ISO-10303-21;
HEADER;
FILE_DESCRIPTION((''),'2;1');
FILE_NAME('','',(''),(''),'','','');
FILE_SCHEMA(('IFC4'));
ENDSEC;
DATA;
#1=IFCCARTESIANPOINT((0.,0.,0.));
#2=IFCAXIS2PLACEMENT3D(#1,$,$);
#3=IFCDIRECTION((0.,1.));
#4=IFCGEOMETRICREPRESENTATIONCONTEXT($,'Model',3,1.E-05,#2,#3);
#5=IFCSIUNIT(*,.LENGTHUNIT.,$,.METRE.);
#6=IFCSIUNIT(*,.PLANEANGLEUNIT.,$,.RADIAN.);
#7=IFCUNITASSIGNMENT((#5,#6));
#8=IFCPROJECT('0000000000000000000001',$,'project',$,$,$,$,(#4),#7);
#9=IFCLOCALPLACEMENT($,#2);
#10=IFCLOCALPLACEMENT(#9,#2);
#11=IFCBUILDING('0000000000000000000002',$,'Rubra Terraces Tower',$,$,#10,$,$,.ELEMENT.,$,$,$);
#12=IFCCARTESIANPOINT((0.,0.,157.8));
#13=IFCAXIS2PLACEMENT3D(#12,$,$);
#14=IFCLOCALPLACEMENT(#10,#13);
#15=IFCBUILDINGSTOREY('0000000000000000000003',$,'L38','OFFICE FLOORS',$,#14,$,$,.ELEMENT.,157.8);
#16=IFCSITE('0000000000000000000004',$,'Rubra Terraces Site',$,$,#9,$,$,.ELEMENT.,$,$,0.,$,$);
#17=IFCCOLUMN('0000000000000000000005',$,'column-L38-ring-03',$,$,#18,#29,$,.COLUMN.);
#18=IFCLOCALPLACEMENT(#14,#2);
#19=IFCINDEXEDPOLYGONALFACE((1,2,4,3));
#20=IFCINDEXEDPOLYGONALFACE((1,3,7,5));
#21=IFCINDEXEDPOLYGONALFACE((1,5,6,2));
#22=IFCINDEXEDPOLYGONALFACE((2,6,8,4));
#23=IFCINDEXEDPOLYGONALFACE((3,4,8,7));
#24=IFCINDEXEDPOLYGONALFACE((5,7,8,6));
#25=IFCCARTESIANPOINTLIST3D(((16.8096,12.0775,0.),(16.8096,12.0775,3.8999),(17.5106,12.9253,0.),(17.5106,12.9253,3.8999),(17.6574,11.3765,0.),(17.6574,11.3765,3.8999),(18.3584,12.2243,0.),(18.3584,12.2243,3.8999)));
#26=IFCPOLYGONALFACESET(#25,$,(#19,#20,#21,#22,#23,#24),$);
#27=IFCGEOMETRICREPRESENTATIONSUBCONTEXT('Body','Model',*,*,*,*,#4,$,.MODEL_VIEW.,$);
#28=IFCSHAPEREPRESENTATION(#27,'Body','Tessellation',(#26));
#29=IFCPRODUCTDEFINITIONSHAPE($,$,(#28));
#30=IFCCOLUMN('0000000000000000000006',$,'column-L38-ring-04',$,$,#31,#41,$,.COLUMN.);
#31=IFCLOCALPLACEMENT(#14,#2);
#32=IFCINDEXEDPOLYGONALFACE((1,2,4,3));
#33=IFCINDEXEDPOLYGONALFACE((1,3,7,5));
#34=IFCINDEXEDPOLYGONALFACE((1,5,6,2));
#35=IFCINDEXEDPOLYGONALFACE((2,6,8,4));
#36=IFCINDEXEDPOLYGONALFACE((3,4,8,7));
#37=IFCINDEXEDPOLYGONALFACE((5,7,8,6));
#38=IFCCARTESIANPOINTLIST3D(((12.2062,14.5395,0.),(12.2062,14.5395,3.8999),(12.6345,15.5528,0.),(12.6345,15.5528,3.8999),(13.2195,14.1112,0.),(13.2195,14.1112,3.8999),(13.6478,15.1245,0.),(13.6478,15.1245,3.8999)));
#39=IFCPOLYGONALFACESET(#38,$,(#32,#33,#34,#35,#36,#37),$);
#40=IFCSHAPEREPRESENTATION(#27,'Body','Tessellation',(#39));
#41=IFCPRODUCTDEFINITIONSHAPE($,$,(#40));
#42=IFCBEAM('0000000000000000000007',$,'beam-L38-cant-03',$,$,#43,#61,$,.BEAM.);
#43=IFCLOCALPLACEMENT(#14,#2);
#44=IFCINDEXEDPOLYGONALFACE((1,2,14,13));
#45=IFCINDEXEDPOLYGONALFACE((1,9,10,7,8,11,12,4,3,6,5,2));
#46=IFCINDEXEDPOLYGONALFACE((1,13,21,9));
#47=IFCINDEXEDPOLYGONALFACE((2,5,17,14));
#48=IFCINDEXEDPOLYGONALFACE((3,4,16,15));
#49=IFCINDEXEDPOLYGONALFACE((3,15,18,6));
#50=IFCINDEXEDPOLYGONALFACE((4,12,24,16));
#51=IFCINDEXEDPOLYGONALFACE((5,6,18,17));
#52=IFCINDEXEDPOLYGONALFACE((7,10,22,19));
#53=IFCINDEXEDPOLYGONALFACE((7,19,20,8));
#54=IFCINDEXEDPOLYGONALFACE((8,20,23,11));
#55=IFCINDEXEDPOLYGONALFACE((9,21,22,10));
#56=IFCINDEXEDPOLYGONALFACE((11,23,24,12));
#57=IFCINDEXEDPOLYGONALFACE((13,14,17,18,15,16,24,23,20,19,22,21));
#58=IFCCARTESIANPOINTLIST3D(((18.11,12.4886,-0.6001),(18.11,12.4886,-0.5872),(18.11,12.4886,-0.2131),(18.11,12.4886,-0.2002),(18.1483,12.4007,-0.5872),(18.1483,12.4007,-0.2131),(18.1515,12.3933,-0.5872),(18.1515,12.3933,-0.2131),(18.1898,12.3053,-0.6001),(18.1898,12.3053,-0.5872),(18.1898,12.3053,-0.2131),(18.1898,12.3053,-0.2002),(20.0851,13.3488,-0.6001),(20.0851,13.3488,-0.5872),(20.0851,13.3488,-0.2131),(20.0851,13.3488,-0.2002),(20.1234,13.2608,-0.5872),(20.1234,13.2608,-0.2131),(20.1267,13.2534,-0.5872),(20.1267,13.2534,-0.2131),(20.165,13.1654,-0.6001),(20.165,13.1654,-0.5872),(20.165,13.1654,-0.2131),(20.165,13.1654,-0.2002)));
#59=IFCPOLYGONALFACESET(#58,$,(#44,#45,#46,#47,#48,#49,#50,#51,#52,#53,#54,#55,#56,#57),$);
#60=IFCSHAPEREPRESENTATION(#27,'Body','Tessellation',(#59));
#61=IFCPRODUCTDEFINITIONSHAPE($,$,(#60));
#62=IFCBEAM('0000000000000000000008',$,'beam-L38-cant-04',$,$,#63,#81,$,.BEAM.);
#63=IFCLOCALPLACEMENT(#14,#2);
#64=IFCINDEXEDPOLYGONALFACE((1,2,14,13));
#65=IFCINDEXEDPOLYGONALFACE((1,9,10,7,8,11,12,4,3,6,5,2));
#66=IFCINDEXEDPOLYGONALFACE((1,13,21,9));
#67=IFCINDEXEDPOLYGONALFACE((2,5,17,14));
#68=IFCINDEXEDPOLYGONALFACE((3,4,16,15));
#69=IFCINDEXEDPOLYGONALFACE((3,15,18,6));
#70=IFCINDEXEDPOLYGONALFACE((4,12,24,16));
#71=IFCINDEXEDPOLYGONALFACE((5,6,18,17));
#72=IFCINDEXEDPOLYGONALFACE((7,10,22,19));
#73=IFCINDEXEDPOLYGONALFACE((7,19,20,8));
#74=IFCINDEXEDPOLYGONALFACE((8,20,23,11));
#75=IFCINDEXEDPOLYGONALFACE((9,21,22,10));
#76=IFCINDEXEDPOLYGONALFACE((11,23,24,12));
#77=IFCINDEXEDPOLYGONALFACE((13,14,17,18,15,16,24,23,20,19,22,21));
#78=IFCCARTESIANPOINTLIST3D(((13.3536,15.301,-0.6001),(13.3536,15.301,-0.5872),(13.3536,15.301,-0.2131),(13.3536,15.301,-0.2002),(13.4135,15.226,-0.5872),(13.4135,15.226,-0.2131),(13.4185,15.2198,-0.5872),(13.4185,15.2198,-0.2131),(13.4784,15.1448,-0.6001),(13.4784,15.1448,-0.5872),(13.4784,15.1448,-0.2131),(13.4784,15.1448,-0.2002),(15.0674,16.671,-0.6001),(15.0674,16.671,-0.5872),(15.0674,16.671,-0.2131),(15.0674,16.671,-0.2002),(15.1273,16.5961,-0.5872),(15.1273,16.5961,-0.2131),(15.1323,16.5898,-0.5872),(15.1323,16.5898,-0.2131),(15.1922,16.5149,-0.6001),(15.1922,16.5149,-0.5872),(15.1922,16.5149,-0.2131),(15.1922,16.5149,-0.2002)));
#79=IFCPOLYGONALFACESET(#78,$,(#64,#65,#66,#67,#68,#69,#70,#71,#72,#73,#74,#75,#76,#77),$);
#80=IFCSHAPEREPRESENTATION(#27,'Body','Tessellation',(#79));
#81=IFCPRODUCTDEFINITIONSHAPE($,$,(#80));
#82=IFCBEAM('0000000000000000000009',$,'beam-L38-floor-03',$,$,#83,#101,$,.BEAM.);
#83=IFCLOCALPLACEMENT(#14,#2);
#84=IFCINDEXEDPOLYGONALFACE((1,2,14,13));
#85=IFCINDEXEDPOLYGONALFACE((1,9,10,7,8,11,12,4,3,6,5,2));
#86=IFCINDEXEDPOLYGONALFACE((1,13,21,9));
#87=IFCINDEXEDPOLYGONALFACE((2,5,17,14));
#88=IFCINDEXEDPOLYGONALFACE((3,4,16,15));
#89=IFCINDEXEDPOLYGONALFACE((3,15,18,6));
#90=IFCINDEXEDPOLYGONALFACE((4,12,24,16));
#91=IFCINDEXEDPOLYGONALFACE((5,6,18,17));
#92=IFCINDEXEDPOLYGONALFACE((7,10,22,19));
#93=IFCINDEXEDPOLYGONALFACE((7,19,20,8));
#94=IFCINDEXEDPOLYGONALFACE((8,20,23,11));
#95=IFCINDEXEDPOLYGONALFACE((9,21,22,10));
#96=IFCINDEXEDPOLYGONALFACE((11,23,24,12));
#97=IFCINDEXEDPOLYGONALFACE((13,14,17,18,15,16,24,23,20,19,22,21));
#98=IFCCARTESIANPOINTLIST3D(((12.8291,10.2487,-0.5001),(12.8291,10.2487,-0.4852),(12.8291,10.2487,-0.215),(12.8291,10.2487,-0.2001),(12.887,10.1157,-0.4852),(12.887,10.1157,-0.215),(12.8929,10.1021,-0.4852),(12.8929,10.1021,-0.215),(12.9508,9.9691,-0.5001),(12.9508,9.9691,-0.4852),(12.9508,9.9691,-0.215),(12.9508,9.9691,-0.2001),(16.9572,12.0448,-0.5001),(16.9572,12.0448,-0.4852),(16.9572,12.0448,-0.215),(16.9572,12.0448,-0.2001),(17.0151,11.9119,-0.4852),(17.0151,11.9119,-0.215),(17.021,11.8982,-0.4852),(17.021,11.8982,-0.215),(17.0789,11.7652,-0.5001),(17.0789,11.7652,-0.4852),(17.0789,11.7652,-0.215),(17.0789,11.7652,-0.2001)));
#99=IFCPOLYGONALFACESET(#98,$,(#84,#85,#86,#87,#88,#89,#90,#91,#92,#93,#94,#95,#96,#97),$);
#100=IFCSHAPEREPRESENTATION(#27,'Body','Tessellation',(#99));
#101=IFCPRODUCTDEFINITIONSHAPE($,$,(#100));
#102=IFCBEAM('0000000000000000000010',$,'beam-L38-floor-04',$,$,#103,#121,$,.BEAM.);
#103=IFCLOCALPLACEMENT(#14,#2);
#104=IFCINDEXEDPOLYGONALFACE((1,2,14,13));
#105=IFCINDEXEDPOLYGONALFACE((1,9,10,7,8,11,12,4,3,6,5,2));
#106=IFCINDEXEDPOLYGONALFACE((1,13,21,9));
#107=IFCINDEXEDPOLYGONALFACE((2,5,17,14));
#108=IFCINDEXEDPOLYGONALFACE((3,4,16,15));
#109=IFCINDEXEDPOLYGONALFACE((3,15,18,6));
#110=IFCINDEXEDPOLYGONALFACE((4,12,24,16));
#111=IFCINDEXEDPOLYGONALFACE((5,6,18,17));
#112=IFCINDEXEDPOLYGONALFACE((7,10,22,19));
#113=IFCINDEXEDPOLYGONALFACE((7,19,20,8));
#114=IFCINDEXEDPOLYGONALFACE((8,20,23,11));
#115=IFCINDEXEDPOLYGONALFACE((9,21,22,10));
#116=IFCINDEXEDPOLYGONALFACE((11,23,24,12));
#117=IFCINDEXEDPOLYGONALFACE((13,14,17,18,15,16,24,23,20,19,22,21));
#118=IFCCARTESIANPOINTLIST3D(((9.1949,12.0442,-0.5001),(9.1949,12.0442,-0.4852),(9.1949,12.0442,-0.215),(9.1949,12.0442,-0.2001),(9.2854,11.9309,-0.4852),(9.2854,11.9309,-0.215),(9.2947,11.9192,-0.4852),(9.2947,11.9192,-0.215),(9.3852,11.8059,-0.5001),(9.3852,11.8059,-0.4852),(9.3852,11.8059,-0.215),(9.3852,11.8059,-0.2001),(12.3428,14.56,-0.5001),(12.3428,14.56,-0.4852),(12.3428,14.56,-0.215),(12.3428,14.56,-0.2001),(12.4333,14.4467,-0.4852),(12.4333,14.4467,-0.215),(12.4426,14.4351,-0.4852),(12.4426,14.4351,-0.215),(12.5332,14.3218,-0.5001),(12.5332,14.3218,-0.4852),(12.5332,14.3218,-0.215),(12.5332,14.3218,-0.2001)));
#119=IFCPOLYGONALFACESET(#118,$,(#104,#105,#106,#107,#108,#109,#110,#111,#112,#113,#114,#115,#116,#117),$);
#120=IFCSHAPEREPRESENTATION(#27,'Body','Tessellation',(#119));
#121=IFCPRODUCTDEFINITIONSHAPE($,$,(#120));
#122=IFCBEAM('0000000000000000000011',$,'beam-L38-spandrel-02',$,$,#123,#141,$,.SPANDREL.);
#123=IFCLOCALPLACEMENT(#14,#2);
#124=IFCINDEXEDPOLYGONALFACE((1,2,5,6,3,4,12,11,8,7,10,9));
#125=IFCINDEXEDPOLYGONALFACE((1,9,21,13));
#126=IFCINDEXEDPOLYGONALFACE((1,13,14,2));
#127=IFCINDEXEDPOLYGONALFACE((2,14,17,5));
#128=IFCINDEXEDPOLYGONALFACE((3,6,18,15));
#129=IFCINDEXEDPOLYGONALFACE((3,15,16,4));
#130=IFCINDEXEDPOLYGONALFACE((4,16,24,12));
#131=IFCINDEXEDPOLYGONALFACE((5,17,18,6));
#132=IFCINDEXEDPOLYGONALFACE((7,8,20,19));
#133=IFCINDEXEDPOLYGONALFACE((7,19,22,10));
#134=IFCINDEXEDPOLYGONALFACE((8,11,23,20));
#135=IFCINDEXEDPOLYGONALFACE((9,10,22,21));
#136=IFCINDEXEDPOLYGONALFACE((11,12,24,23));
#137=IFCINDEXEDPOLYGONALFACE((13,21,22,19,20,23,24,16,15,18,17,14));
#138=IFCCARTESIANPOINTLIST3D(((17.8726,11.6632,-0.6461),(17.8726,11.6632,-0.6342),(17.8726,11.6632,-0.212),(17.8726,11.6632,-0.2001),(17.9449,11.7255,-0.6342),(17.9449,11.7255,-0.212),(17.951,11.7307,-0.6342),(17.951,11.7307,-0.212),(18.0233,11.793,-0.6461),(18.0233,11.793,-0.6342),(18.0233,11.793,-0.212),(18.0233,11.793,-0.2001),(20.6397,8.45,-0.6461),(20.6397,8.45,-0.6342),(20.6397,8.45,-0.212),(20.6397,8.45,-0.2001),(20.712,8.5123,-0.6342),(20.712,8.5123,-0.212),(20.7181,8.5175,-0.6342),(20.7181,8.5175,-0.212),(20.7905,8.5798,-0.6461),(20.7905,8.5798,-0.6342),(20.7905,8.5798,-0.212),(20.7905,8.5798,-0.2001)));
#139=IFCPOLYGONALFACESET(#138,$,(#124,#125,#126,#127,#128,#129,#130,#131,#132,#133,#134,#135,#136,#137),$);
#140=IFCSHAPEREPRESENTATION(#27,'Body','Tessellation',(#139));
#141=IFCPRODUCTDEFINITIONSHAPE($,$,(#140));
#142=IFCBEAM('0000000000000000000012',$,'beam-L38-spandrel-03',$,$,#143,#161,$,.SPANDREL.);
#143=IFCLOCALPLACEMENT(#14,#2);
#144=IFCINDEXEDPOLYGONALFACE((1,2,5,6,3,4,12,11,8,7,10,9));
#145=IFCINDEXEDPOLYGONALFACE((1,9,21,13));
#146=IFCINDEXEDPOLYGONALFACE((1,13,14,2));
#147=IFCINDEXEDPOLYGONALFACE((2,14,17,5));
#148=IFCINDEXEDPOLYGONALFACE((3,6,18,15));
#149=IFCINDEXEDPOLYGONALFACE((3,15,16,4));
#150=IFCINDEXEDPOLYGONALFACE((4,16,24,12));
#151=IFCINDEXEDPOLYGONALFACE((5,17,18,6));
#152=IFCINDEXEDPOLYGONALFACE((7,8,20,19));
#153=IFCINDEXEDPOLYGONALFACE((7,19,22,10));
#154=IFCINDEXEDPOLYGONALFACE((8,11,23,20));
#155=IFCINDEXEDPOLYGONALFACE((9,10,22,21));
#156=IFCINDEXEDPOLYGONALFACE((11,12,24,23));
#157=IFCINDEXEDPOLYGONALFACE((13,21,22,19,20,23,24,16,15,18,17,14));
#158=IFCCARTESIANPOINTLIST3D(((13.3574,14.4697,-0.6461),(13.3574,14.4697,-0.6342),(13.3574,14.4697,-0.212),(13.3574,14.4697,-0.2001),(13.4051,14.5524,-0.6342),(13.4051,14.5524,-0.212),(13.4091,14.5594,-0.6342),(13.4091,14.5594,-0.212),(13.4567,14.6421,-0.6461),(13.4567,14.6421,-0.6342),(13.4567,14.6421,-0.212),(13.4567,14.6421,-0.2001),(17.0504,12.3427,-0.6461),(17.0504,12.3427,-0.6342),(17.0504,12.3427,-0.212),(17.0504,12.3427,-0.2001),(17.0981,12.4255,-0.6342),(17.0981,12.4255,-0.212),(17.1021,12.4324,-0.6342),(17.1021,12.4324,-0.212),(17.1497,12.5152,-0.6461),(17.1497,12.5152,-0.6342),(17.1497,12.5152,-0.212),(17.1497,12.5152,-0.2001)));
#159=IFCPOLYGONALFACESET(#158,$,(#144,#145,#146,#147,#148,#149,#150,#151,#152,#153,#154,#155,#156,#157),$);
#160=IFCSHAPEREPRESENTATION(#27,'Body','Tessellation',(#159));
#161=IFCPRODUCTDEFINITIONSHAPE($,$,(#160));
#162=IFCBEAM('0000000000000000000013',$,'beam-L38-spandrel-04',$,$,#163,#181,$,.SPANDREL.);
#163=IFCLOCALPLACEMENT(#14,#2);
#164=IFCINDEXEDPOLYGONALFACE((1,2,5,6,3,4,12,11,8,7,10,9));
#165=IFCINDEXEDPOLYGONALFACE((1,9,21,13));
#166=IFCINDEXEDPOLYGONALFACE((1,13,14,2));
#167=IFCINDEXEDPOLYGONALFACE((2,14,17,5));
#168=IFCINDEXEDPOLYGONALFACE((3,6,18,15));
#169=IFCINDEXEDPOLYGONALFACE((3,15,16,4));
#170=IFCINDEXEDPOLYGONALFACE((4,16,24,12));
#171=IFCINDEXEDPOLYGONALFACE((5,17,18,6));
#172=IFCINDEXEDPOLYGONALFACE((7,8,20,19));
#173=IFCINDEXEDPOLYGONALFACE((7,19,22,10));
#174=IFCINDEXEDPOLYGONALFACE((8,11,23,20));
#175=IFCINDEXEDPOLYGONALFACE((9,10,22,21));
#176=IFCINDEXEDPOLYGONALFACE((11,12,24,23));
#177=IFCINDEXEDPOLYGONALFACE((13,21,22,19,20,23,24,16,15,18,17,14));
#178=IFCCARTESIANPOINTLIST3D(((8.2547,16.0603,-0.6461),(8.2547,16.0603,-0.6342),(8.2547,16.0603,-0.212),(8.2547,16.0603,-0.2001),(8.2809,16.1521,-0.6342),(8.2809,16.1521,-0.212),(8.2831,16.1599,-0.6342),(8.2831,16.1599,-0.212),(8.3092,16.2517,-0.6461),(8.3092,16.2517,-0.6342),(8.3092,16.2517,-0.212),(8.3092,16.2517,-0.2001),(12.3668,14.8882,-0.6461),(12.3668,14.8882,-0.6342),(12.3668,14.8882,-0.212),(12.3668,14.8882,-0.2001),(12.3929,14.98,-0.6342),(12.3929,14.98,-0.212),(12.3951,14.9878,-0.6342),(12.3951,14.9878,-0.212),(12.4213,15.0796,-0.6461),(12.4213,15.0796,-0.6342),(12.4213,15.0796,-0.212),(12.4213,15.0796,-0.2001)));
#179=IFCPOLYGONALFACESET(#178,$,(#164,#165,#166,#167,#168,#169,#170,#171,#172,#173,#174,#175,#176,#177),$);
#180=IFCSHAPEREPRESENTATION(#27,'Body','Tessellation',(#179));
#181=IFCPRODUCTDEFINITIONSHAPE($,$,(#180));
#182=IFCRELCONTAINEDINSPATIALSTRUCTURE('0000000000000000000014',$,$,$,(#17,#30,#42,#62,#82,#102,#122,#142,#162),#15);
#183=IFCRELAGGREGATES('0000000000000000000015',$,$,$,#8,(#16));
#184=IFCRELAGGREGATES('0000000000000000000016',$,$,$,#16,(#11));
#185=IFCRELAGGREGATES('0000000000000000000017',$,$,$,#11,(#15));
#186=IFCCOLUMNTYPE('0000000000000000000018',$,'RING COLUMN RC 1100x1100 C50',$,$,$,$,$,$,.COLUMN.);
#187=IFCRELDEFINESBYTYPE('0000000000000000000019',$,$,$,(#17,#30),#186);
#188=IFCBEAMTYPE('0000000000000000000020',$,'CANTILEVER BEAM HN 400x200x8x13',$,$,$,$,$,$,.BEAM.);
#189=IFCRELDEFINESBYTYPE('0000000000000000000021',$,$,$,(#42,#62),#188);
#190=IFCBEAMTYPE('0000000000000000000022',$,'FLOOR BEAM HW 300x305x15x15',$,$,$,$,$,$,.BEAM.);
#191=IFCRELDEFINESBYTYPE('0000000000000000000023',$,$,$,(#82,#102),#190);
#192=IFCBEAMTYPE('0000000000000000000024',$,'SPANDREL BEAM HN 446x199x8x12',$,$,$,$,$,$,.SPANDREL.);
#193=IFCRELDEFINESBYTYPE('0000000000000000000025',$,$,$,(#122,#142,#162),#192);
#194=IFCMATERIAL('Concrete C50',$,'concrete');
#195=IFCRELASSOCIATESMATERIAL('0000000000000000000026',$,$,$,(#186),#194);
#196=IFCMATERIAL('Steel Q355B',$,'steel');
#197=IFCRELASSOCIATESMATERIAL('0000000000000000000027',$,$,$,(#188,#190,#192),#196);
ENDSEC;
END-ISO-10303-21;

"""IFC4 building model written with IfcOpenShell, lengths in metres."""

from ifc_helpers import new_model, si_unit, direction, frame, origin, origin_2d, place, context, subcontext, project, spatial, rectangle, i_section, extrude, material, material_profile, profile_set, type_object, element, save


model = new_model("IFC4")

# Units and contexts
model_context = context("Model", 3, precision=1e-05, world=origin(), true_north=direction((0.0, 1.0)))
body_context = subcontext(model_context, "Body", "Model", "MODEL_VIEW")
ifc_project = project(units=[si_unit("LENGTHUNIT", "METRE"), si_unit("PLANEANGLEUNIT", "RADIAN")], contexts=[model_context])

# Site, building, storey
site_placement = place(None, origin())
site = spatial("IfcSite", under=ifc_project, at=site_placement, Name="Rubra Terraces Site", CompositionType="ELEMENT", RefElevation=0.0)
building_placement = place(site_placement, origin())
building = spatial("IfcBuilding", under=site, at=building_placement, Name="Rubra Terraces Tower", CompositionType="ELEMENT")
storey_placement = place(building_placement, frame((0.0, 0.0, 157.8)))
storey = spatial("IfcBuildingStorey", under=building, at=storey_placement, Name="L38", Description="OFFICE FLOORS", CompositionType="ELEMENT", Elevation=157.8)

# Columns
ifc_material_1 = material(Name="Concrete C50", Category="concrete")
ifc_material_profile_1 = material_profile(ifc_material_1, rectangle(XDim=1.1001, YDim=1.1001, at=origin_2d()), Name="RC 1100x1100")
ifc_profile_set_1 = profile_set([ifc_material_profile_1], Name="Concrete C50")
column_type = type_object("IfcColumnType", Name="RING COLUMN RC 1100x1100 C50", PredefinedType="COLUMN", material=ifc_profile_set_1)
for number, where, z_axis, x_axis, name in (
    (1, (17.584, 12.1509, 0.0), (0.0, 0.0, 1.0), (-0.770679, 0.637223, 0.0), "column-L38-ring-03"),
    (2, (12.927, 14.832, 0.0), (0.0, 0.0, 1.0), (-0.921106, 0.389313, 0.0), "column-L38-ring-04"),
):
    element("IfcColumn", number, at=place(storey_placement, frame(where, z_axis=z_axis, x_axis=x_axis)), inside=storey, type_object=column_type, Name=name, PredefinedType="COLUMN", context=body_context, shape_type="SweptSolid", body=[
        extrude(rectangle(XDim=1.1001, YDim=1.1001, at=origin_2d()), origin(), (0.0, 0.0, 1.0), 3.8999),
    ])

# Beams
ifc_material_2 = material(Name="Steel Q355B", Category="steel")
ifc_material_profile_2 = material_profile(ifc_material_2, i_section(OverallWidth=0.2, OverallDepth=0.3999, WebThickness=0.0081, FlangeThickness=0.0129, at=origin_2d()), Name="HN 400x200x8x13")
ifc_profile_set_2 = profile_set([ifc_material_profile_2], Name="Steel Q355B")
beam_type_1 = type_object("IfcBeamType", Name="CANTILEVER BEAM HN 400x200x8x13", PredefinedType="BEAM", material=ifc_profile_set_2)
beam_1_placement = place(storey_placement, frame((18.1499, 12.397, -0.4001), z_axis=(0.916837, 0.399261, 0.0), x_axis=(-0.399261, 0.916837, 0.0)))
element("IfcBeam", 3, at=beam_1_placement, inside=storey, type_object=beam_type_1, Name="beam-L38-cant-03", PredefinedType="BEAM", context=body_context, shape_type="SweptSolid", body=[
    extrude(i_section(OverallWidth=0.2, OverallDepth=0.3999, WebThickness=0.0081, FlangeThickness=0.0129, at=origin_2d()), origin(), (0.0, 0.0, 1.0), 2.1543),
])
beam_2_placement = place(storey_placement, frame((13.416, 15.2229, -0.4001), z_axis=(0.781086, 0.624424, 0.0), x_axis=(-0.624424, 0.781086, 0.0)))
element("IfcBeam", 4, at=beam_2_placement, inside=storey, type_object=beam_type_1, Name="beam-L38-cant-04", PredefinedType="BEAM", context=body_context, shape_type="SweptSolid", body=[
    extrude(i_section(OverallWidth=0.2, OverallDepth=0.3999, WebThickness=0.0081, FlangeThickness=0.0129, at=origin_2d()), origin(), (0.0, 0.0, 1.0), 2.1941),
])
ifc_material_profile_3 = material_profile(ifc_material_2, i_section(OverallWidth=0.3049, OverallDepth=0.3, WebThickness=0.0149, FlangeThickness=0.0149, at=origin_2d()), Name="HW 300x305x15x15")
ifc_profile_set_3 = profile_set([ifc_material_profile_3], Name="Steel Q355B")
beam_type_2 = type_object("IfcBeamType", Name="FLOOR BEAM HW 300x305x15x15", PredefinedType="BEAM", material=ifc_profile_set_3)
beam_3_placement = place(storey_placement, frame((17.0181, 11.905, -0.3501), z_axis=(-0.916966, -0.398966, 0.0), x_axis=(0.398966, -0.916966, 0.0)))
element("IfcBeam", 5, at=beam_3_placement, inside=storey, type_object=beam_type_2, Name="beam-L38-floor-03", PredefinedType="BEAM", context=body_context, shape_type="SweptSolid", body=[
    extrude(i_section(OverallWidth=0.3049, OverallDepth=0.3, WebThickness=0.0149, FlangeThickness=0.0149, at=origin_2d()), origin(), (0.0, 0.0, 1.0), 4.502),
])
beam_4_placement = place(storey_placement, frame((12.438, 14.4409, -0.3501), z_axis=(-0.78117, -0.624318, 0.0), x_axis=(0.624318, -0.78117, 0.0)))
element("IfcBeam", 6, at=beam_4_placement, inside=storey, type_object=beam_type_2, Name="beam-L38-floor-04", PredefinedType="BEAM", context=body_context, shape_type="SweptSolid", body=[
    extrude(i_section(OverallWidth=0.3049, OverallDepth=0.3, WebThickness=0.0149, FlangeThickness=0.0149, at=origin_2d()), origin(), (0.0, 0.0, 1.0), 4.0298),
])
ifc_material_profile_4 = material_profile(ifc_material_2, i_section(OverallWidth=0.199, OverallDepth=0.446, WebThickness=0.0081, FlangeThickness=0.012, at=origin_2d()), Name="HN 446x199x8x12")
ifc_profile_set_4 = profile_set([ifc_material_profile_4], Name="Steel Q355B")
beam_type_3 = type_object("IfcBeamType", Name="SPANDREL BEAM HN 446x199x8x12", PredefinedType="SPANDREL", material=ifc_profile_set_4)
beam_5_placement = place(storey_placement, frame((20.7151, 8.5149, -0.4231), z_axis=(-0.652553, 0.757743, 0.0), x_axis=(-0.757743, -0.652553, 0.0)))
element("IfcBeam", 7, at=beam_5_placement, inside=storey, type_object=beam_type_3, Name="beam-L38-spandrel-02", PredefinedType="SPANDREL", context=body_context, shape_type="SweptSolid", body=[
    extrude(i_section(OverallWidth=0.199, OverallDepth=0.446, WebThickness=0.0081, FlangeThickness=0.012, at=origin_2d()), origin(), (0.0, 0.0, 1.0), 4.2405),
])
beam_6_placement = place(storey_placement, frame((17.1001, 12.429, -0.4231), z_axis=(-0.86656, 0.499073, 0.0), x_axis=(-0.499073, -0.86656, 0.0)))
element("IfcBeam", 8, at=beam_6_placement, inside=storey, type_object=beam_type_3, Name="beam-L38-spandrel-03", PredefinedType="SPANDREL", context=body_context, shape_type="SweptSolid", body=[
    extrude(i_section(OverallWidth=0.199, OverallDepth=0.446, WebThickness=0.0081, FlangeThickness=0.012, at=origin_2d()), origin(), (0.0, 0.0, 1.0), 4.2617),
])
beam_7_placement = place(storey_placement, frame((12.394, 14.9839, -0.4231), z_axis=(-0.961694, 0.274125, 0.0), x_axis=(-0.274125, -0.961694, 0.0)))
element("IfcBeam", 9, at=beam_7_placement, inside=storey, type_object=beam_type_3, Name="beam-L38-spandrel-04", PredefinedType="SPANDREL", context=body_context, shape_type="SweptSolid", body=[
    extrude(i_section(OverallWidth=0.199, OverallDepth=0.446, WebThickness=0.0081, FlangeThickness=0.012, at=origin_2d()), origin(), (0.0, 0.0, 1.0), 4.2759),
])

save(model, "model.ifc")
